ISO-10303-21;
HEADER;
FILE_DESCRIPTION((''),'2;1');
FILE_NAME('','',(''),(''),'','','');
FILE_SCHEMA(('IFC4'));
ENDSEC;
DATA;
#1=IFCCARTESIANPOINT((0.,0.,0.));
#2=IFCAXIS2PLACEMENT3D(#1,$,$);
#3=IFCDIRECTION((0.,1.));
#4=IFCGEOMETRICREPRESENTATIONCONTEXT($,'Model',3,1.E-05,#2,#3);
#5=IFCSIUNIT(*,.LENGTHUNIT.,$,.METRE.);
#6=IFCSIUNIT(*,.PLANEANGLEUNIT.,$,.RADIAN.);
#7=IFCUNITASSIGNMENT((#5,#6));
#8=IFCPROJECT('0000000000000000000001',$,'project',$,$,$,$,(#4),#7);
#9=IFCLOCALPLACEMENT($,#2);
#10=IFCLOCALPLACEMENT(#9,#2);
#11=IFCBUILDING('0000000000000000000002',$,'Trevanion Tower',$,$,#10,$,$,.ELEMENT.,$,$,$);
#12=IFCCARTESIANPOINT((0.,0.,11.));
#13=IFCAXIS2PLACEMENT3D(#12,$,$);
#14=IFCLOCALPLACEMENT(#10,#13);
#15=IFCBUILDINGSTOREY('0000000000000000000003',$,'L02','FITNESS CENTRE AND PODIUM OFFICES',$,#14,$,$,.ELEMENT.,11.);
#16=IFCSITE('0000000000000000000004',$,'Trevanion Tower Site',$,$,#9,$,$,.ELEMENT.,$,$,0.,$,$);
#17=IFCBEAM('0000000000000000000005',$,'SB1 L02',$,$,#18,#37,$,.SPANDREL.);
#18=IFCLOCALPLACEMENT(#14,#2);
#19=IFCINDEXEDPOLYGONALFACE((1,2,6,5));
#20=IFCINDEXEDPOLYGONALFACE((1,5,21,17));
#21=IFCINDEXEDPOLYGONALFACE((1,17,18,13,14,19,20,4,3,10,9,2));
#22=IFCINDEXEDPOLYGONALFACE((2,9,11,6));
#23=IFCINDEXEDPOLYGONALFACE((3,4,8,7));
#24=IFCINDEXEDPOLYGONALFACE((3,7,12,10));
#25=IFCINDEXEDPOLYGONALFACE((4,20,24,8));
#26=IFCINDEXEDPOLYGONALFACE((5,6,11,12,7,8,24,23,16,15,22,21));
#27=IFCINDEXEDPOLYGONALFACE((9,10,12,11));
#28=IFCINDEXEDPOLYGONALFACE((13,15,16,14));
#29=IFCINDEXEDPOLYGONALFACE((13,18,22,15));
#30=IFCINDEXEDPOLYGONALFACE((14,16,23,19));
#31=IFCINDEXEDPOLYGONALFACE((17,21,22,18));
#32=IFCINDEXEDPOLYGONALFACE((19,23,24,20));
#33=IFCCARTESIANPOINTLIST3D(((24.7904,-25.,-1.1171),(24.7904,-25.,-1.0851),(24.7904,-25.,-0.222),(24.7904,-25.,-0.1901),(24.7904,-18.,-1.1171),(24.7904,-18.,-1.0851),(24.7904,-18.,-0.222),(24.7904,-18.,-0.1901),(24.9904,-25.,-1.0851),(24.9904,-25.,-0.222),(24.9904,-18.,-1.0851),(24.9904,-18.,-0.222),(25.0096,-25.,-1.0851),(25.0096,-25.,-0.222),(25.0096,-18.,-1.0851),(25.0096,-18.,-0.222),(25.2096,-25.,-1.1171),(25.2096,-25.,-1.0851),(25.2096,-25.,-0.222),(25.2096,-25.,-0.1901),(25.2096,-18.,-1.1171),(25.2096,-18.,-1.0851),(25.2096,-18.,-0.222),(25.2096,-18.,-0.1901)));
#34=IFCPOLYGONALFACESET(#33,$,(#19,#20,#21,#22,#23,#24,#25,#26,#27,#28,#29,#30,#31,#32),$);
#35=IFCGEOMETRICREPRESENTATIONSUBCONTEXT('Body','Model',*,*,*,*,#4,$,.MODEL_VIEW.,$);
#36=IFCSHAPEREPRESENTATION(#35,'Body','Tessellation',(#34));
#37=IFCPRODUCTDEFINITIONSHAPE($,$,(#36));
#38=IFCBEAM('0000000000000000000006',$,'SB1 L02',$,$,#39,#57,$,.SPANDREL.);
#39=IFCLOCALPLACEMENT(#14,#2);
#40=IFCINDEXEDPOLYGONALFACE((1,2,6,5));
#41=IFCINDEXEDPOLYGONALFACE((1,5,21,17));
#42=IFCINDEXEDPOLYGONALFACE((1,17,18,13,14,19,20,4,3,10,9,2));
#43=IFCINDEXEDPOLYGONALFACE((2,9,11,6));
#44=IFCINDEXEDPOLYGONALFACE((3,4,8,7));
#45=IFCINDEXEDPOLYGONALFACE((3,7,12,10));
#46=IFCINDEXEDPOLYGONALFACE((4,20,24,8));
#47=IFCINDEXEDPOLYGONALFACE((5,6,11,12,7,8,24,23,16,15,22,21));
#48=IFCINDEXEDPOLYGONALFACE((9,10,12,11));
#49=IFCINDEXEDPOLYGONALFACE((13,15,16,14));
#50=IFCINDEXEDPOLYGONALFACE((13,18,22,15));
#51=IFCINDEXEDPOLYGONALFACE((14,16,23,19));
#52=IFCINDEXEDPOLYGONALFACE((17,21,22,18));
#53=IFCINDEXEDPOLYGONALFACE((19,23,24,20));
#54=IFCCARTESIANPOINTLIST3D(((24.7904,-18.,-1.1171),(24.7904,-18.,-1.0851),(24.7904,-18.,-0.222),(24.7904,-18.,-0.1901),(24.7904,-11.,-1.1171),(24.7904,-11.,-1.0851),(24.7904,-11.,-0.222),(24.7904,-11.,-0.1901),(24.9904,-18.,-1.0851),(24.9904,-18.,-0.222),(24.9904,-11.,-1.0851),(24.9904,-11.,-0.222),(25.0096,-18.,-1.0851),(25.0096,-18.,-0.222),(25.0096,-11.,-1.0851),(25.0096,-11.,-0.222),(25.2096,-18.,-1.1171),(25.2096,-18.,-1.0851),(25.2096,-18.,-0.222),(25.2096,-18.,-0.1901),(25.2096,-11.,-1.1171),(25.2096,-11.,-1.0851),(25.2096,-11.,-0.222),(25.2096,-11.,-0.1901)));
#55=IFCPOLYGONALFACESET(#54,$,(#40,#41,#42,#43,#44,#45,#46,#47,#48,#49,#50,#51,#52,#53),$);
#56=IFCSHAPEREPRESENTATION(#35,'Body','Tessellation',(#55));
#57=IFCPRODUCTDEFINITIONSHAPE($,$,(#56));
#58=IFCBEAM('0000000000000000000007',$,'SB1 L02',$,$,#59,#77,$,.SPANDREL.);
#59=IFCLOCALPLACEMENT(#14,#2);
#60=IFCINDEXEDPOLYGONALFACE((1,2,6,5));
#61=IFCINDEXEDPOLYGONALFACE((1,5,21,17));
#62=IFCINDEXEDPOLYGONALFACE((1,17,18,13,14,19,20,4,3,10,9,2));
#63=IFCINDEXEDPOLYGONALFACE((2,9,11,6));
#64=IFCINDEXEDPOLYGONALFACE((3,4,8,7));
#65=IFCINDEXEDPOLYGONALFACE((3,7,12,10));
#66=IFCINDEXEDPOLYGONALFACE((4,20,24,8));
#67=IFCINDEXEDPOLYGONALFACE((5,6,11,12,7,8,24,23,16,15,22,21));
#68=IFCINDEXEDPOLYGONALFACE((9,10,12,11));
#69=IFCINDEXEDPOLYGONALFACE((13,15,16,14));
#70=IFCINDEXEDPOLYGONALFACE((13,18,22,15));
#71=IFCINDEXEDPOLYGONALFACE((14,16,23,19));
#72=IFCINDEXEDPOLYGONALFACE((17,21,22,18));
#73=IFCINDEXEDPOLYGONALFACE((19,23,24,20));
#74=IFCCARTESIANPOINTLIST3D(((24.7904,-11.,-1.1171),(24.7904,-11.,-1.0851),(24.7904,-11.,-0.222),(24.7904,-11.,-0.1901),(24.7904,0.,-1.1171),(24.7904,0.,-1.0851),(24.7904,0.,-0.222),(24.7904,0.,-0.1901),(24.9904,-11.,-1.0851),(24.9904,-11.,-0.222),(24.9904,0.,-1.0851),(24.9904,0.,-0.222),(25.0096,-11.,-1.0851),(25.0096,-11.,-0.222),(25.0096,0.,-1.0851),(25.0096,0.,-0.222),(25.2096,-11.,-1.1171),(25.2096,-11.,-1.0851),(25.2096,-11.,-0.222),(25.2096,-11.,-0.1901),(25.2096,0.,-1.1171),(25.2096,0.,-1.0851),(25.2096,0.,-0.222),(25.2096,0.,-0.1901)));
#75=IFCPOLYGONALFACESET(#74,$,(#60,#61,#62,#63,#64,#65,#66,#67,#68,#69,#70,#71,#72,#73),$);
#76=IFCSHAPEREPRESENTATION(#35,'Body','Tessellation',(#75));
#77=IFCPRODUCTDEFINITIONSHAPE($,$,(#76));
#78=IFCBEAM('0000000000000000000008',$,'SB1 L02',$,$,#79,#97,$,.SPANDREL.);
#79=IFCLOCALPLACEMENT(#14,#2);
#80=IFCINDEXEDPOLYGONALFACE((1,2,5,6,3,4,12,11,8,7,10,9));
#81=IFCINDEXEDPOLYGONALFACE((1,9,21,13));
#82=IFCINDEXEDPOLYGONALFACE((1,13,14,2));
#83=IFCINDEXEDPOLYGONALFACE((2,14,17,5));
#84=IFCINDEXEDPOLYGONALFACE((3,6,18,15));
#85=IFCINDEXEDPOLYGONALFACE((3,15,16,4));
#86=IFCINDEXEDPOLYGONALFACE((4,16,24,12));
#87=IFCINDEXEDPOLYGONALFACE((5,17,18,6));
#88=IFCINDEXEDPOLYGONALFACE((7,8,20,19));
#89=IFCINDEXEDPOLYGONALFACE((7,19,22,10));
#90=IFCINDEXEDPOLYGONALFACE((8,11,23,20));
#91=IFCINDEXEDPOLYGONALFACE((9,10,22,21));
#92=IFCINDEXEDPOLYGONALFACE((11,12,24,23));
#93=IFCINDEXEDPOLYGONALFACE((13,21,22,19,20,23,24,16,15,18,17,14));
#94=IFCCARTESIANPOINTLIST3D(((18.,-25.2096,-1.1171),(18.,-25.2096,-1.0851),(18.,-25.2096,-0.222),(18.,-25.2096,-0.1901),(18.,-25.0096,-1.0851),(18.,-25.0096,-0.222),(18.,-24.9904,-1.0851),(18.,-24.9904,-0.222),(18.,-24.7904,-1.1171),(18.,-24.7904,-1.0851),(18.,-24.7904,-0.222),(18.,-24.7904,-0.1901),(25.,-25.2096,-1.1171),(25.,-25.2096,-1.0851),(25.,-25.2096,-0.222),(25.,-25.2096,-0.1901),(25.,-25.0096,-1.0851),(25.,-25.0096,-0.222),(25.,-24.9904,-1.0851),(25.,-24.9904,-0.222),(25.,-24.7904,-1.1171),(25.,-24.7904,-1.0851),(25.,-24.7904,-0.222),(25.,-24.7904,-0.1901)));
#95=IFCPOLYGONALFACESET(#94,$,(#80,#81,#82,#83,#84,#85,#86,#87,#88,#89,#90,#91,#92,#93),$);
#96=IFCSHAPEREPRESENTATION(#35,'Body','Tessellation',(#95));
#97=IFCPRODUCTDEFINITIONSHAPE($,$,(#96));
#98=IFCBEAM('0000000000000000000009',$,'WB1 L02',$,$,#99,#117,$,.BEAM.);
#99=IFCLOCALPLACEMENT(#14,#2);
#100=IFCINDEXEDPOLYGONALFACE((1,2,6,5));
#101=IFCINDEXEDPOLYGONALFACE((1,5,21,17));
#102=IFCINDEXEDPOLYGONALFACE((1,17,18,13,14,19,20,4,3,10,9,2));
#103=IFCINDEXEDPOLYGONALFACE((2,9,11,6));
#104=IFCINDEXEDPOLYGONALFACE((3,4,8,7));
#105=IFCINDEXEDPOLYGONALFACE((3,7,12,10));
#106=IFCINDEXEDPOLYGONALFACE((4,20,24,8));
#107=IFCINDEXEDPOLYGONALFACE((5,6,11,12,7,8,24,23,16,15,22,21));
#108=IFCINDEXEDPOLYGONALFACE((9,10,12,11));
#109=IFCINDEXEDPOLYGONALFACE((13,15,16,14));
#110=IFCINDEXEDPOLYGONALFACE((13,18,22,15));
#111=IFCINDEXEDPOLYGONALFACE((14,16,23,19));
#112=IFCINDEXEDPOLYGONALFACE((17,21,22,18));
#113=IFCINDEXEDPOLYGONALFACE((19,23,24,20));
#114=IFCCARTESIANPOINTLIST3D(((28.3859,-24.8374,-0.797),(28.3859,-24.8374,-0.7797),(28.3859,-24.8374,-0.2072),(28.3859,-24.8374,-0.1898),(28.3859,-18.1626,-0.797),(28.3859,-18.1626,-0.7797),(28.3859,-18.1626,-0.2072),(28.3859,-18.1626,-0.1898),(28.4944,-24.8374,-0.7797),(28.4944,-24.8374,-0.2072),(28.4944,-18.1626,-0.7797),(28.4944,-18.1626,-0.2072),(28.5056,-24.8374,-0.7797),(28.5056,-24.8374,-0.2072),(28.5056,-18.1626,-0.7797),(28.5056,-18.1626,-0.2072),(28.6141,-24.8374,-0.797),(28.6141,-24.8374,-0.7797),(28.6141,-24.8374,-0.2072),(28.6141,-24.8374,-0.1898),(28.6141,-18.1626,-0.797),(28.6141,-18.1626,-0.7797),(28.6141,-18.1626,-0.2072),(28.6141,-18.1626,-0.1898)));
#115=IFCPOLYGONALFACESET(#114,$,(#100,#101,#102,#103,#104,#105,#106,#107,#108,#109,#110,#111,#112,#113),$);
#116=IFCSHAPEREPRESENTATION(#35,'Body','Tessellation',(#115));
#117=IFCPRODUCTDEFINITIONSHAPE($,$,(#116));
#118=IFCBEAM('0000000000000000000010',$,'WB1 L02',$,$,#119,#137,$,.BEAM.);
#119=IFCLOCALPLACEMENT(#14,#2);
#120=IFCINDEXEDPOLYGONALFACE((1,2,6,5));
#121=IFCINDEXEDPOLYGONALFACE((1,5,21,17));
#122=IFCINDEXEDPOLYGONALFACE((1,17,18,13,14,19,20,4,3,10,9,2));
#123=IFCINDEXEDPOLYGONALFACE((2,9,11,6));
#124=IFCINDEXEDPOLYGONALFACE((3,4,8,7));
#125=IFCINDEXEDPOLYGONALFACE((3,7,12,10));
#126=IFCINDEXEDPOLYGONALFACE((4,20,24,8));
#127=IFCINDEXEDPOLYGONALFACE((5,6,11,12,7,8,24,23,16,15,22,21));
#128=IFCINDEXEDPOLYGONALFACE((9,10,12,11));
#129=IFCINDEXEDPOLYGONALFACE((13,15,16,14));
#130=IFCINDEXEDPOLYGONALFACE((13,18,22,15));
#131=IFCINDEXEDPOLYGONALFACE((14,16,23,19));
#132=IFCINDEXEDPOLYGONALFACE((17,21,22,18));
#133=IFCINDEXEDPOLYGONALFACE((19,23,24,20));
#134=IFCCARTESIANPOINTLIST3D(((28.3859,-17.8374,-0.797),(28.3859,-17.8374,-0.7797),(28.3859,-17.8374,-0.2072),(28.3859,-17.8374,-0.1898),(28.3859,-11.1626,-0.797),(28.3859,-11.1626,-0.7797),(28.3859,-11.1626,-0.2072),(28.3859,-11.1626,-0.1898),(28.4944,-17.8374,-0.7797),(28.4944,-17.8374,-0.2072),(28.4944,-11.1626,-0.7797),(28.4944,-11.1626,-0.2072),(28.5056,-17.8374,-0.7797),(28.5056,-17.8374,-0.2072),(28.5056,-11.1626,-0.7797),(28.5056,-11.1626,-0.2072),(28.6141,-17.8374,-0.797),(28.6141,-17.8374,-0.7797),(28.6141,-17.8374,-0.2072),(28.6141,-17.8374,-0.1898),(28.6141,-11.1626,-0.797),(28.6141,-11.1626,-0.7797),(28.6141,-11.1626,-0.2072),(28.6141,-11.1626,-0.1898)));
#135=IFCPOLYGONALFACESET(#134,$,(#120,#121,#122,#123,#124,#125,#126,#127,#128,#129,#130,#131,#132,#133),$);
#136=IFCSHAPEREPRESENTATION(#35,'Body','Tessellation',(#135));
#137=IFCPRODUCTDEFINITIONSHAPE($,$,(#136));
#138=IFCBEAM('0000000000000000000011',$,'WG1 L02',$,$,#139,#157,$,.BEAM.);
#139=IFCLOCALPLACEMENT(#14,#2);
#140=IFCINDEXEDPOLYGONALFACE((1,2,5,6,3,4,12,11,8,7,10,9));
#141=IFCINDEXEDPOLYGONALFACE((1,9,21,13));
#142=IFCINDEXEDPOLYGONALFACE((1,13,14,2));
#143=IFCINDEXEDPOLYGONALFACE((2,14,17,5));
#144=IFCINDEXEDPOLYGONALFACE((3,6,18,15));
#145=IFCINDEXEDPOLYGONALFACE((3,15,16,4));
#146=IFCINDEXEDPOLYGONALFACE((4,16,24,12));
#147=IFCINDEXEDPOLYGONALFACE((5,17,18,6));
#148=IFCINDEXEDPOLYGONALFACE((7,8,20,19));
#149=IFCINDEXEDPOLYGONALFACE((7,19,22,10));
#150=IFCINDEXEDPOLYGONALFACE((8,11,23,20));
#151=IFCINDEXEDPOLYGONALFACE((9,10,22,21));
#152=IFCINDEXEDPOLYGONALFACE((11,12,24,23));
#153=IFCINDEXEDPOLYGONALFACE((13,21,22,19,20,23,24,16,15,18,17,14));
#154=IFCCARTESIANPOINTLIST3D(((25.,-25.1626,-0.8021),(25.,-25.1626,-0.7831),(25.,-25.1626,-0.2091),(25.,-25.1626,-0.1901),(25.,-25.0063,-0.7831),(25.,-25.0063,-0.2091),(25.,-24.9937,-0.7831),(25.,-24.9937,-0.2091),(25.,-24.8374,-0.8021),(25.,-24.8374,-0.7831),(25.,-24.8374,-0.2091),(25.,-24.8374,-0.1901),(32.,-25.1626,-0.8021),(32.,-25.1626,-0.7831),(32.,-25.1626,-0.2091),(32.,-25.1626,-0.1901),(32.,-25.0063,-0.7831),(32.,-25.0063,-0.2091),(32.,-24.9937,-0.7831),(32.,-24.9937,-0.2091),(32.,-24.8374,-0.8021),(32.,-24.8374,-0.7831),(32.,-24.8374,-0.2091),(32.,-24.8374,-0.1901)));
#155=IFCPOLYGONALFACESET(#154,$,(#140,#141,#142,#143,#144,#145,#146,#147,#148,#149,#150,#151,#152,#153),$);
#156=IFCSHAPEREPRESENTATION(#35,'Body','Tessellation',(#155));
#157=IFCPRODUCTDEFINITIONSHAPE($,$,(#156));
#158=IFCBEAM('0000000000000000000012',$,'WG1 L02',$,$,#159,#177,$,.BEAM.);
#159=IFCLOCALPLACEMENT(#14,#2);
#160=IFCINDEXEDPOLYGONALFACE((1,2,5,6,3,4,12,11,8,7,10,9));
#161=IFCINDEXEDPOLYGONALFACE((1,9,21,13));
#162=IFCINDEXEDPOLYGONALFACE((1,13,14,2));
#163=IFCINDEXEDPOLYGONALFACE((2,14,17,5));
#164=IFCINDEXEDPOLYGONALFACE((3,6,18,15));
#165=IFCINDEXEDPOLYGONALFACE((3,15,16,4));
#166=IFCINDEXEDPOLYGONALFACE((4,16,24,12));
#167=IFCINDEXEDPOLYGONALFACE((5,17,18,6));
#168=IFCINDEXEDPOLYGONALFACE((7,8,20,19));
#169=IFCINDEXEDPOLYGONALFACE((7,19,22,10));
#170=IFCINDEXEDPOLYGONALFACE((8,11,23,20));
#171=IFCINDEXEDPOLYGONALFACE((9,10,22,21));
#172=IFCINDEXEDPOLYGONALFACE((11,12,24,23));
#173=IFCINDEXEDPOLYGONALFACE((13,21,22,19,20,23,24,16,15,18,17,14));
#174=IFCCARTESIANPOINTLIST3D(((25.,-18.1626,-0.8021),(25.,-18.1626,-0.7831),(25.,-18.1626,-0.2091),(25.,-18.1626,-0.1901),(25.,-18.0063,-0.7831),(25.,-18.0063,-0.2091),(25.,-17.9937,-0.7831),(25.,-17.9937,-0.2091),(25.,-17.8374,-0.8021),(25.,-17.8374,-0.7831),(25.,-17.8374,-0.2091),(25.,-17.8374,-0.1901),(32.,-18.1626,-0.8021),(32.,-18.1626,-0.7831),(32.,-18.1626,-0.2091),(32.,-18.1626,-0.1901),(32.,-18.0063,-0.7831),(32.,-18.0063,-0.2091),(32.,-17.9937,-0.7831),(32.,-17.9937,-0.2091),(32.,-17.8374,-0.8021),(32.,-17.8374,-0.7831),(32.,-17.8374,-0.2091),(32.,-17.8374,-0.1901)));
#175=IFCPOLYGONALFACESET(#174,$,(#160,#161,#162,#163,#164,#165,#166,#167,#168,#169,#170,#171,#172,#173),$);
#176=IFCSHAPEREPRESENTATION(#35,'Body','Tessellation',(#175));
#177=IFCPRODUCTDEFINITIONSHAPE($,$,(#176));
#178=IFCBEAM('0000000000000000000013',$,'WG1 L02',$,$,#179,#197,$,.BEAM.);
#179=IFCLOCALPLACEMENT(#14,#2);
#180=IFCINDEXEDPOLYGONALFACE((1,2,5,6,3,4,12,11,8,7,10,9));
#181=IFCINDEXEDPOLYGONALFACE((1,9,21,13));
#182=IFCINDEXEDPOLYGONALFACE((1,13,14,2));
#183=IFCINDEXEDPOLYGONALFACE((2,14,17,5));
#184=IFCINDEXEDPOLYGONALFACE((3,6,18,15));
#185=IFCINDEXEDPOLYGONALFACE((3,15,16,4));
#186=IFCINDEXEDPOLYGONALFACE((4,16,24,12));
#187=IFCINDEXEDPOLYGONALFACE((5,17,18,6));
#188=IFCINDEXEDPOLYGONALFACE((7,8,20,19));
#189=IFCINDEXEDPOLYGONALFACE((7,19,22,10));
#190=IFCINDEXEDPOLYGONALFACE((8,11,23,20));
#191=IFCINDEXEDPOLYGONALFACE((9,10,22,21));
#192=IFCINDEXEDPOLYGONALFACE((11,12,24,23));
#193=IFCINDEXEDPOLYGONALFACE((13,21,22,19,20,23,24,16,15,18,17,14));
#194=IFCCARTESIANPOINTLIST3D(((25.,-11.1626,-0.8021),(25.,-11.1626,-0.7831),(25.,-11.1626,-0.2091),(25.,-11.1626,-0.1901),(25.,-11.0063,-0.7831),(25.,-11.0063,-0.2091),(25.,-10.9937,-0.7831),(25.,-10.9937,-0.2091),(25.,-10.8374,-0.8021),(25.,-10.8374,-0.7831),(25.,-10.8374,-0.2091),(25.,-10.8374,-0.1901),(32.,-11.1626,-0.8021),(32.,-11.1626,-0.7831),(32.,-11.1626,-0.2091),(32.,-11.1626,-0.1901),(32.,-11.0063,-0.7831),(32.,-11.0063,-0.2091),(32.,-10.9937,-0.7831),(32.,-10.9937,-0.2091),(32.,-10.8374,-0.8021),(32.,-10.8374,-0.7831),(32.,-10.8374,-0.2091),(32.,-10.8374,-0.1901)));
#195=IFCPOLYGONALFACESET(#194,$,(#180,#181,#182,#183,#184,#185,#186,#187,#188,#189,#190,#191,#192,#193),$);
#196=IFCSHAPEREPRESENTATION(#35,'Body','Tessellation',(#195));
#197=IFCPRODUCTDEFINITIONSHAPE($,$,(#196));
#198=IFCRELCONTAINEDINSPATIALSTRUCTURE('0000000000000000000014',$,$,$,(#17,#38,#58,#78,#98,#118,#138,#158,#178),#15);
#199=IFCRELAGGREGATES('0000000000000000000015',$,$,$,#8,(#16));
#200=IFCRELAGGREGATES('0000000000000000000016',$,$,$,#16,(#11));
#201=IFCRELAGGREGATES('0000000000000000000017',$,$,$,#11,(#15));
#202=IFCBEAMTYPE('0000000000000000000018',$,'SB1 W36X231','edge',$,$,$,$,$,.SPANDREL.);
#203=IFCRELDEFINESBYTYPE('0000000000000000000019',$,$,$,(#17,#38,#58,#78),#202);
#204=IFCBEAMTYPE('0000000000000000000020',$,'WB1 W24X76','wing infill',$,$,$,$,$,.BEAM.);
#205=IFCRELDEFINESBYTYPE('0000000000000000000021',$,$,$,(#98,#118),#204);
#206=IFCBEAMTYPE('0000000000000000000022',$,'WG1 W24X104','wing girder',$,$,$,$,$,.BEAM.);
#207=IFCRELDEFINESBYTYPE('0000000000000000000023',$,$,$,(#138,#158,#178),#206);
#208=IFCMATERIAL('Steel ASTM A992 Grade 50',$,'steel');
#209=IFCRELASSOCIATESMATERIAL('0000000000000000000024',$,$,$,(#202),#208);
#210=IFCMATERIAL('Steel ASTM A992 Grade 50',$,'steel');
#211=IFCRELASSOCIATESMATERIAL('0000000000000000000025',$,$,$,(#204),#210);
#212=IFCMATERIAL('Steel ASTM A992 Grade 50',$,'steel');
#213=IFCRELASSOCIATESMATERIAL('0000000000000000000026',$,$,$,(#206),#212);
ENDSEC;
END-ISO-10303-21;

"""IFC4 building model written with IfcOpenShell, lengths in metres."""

from ifc_helpers import new_model, si_unit, direction, frame, origin, origin_2d, place, context, subcontext, project, spatial, i_section, extrude, material, material_profile, profile_set, type_object, element, save


model = new_model("IFC4")

# Units and contexts
model_context = context("Model", 3, precision=1e-05, world=origin(), true_north=direction((0.0, 1.0)))
body_context = subcontext(model_context, "Body", "Model", "MODEL_VIEW")
ifc_project = project(units=[si_unit("LENGTHUNIT", "METRE"), si_unit("PLANEANGLEUNIT", "RADIAN")], contexts=[model_context])

# Site, building, storey
site_placement = place(None, origin())
site = spatial("IfcSite", under=ifc_project, at=site_placement, Name="Trevanion Tower Site", CompositionType="ELEMENT", RefElevation=0.0)
building_placement = place(site_placement, origin())
building = spatial("IfcBuilding", under=site, at=building_placement, Name="Trevanion Tower", CompositionType="ELEMENT")
storey_placement = place(building_placement, frame((0.0, 0.0, 11.0)))
storey = spatial("IfcBuildingStorey", under=building, at=storey_placement, Name="L02", Description="FITNESS CENTRE AND PODIUM OFFICES", CompositionType="ELEMENT", Elevation=11.0)

# Beams
ifc_material_1 = material(Name="Steel ASTM A992 Grade 50", Category="steel")
ifc_material_profile_1 = material_profile(ifc_material_1, i_section(OverallWidth=0.4192, OverallDepth=0.927, WebThickness=0.0193, FlangeThickness=0.032, at=origin_2d()), Name="W36X231")
ifc_profile_set_1 = profile_set([ifc_material_profile_1], Name="Steel ASTM A992 Grade 50")
beam_type_1 = type_object("IfcBeamType", Name="SB1 W36X231", Description="edge", PredefinedType="SPANDREL", material=ifc_profile_set_1)
for number, where, z_axis, x_axis, name in (
    (1, (25.0, -25.0, -0.6536), (0.0, 1.0, 0.0), (-1.0, 0.0, 0.0), "SB1 L02"),
    (2, (25.0, -18.0, -0.6536), (0.0, 1.0, 0.0), (-1.0, 0.0, 0.0), "SB1 L02"),
):
    element("IfcBeam", number, at=place(storey_placement, frame(where, z_axis=z_axis, x_axis=x_axis)), inside=storey, type_object=beam_type_1, Name=name, PredefinedType="SPANDREL", context=body_context, shape_type="SweptSolid", body=[
        extrude(i_section(OverallWidth=0.4192, OverallDepth=0.927, WebThickness=0.0193, FlangeThickness=0.032, at=origin_2d()), origin(), (0.0, 0.0, 1.0), 7.0),
    ])
beam_1_placement = place(storey_placement, frame((25.0, -11.0, -0.6536), z_axis=(0.0, 1.0, 0.0), x_axis=(-1.0, 0.0, 0.0)))
element("IfcBeam", 3, at=beam_1_placement, inside=storey, type_object=beam_type_1, Name="SB1 L02", PredefinedType="SPANDREL", context=body_context, shape_type="SweptSolid", body=[
    extrude(i_section(OverallWidth=0.4192, OverallDepth=0.927, WebThickness=0.0193, FlangeThickness=0.032, at=origin_2d()), origin(), (0.0, 0.0, 1.0), 11.0),
])
beam_2_placement = place(storey_placement, frame((18.0, -25.0, -0.6536), z_axis=(1.0, 0.0, 0.0), x_axis=(0.0, 1.0, 0.0)))
element("IfcBeam", 4, at=beam_2_placement, inside=storey, type_object=beam_type_1, Name="SB1 L02", PredefinedType="SPANDREL", context=body_context, shape_type="SweptSolid", body=[
    extrude(i_section(OverallWidth=0.4192, OverallDepth=0.927, WebThickness=0.0193, FlangeThickness=0.032, at=origin_2d()), origin(), (0.0, 0.0, 1.0), 7.0),
])
ifc_material_2 = material(Name="Steel ASTM A992 Grade 50", Category="steel")
ifc_material_profile_2 = material_profile(ifc_material_2, i_section(OverallWidth=0.2283, OverallDepth=0.6072, WebThickness=0.0112, FlangeThickness=0.0173, at=origin_2d()), Name="W24X76")
ifc_profile_set_2 = profile_set([ifc_material_profile_2], Name="Steel ASTM A992 Grade 50")
beam_type_2 = type_object("IfcBeamType", Name="WB1 W24X76", Description="wing infill", PredefinedType="BEAM", material=ifc_profile_set_2)
for number, where, z_axis, x_axis, name in (
    (5, (28.5, -24.8374, -0.4934), (0.0, 1.0, 0.0), (-1.0, 0.0, 0.0), "WB1 L02"),
    (6, (28.5, -17.8374, -0.4934), (0.0, 1.0, 0.0), (-1.0, 0.0, 0.0), "WB1 L02"),
):
    element("IfcBeam", number, at=place(storey_placement, frame(where, z_axis=z_axis, x_axis=x_axis)), inside=storey, type_object=beam_type_2, Name=name, PredefinedType="BEAM", context=body_context, shape_type="SweptSolid", body=[
        extrude(i_section(OverallWidth=0.2283, OverallDepth=0.6072, WebThickness=0.0112, FlangeThickness=0.0173, at=origin_2d()), origin(), (0.0, 0.0, 1.0), 6.6748),
    ])
ifc_material_3 = material(Name="Steel ASTM A992 Grade 50", Category="steel")
ifc_material_profile_3 = material_profile(ifc_material_3, i_section(OverallWidth=0.3252, OverallDepth=0.6121, WebThickness=0.0127, FlangeThickness=0.019, at=origin_2d()), Name="W24X104")
ifc_profile_set_3 = profile_set([ifc_material_profile_3], Name="Steel ASTM A992 Grade 50")
beam_type_3 = type_object("IfcBeamType", Name="WG1 W24X104", Description="wing girder", PredefinedType="BEAM", material=ifc_profile_set_3)
for number, where, z_axis, x_axis, name in (
    (7, (25.0, -25.0, -0.4961), (1.0, 0.0, 0.0), (0.0, 1.0, 0.0), "WG1 L02"),
    (8, (25.0, -18.0, -0.4961), (1.0, 0.0, 0.0), (0.0, 1.0, 0.0), "WG1 L02"),
    (9, (25.0, -11.0, -0.4961), (1.0, 0.0, 0.0), (0.0, 1.0, 0.0), "WG1 L02"),
):
    element("IfcBeam", number, at=place(storey_placement, frame(where, z_axis=z_axis, x_axis=x_axis)), inside=storey, type_object=beam_type_3, Name=name, PredefinedType="BEAM", context=body_context, shape_type="SweptSolid", body=[
        extrude(i_section(OverallWidth=0.3252, OverallDepth=0.6121, WebThickness=0.0127, FlangeThickness=0.019, at=origin_2d()), origin(), (0.0, 0.0, 1.0), 7.0),
    ])

save(model, "model.ifc")
